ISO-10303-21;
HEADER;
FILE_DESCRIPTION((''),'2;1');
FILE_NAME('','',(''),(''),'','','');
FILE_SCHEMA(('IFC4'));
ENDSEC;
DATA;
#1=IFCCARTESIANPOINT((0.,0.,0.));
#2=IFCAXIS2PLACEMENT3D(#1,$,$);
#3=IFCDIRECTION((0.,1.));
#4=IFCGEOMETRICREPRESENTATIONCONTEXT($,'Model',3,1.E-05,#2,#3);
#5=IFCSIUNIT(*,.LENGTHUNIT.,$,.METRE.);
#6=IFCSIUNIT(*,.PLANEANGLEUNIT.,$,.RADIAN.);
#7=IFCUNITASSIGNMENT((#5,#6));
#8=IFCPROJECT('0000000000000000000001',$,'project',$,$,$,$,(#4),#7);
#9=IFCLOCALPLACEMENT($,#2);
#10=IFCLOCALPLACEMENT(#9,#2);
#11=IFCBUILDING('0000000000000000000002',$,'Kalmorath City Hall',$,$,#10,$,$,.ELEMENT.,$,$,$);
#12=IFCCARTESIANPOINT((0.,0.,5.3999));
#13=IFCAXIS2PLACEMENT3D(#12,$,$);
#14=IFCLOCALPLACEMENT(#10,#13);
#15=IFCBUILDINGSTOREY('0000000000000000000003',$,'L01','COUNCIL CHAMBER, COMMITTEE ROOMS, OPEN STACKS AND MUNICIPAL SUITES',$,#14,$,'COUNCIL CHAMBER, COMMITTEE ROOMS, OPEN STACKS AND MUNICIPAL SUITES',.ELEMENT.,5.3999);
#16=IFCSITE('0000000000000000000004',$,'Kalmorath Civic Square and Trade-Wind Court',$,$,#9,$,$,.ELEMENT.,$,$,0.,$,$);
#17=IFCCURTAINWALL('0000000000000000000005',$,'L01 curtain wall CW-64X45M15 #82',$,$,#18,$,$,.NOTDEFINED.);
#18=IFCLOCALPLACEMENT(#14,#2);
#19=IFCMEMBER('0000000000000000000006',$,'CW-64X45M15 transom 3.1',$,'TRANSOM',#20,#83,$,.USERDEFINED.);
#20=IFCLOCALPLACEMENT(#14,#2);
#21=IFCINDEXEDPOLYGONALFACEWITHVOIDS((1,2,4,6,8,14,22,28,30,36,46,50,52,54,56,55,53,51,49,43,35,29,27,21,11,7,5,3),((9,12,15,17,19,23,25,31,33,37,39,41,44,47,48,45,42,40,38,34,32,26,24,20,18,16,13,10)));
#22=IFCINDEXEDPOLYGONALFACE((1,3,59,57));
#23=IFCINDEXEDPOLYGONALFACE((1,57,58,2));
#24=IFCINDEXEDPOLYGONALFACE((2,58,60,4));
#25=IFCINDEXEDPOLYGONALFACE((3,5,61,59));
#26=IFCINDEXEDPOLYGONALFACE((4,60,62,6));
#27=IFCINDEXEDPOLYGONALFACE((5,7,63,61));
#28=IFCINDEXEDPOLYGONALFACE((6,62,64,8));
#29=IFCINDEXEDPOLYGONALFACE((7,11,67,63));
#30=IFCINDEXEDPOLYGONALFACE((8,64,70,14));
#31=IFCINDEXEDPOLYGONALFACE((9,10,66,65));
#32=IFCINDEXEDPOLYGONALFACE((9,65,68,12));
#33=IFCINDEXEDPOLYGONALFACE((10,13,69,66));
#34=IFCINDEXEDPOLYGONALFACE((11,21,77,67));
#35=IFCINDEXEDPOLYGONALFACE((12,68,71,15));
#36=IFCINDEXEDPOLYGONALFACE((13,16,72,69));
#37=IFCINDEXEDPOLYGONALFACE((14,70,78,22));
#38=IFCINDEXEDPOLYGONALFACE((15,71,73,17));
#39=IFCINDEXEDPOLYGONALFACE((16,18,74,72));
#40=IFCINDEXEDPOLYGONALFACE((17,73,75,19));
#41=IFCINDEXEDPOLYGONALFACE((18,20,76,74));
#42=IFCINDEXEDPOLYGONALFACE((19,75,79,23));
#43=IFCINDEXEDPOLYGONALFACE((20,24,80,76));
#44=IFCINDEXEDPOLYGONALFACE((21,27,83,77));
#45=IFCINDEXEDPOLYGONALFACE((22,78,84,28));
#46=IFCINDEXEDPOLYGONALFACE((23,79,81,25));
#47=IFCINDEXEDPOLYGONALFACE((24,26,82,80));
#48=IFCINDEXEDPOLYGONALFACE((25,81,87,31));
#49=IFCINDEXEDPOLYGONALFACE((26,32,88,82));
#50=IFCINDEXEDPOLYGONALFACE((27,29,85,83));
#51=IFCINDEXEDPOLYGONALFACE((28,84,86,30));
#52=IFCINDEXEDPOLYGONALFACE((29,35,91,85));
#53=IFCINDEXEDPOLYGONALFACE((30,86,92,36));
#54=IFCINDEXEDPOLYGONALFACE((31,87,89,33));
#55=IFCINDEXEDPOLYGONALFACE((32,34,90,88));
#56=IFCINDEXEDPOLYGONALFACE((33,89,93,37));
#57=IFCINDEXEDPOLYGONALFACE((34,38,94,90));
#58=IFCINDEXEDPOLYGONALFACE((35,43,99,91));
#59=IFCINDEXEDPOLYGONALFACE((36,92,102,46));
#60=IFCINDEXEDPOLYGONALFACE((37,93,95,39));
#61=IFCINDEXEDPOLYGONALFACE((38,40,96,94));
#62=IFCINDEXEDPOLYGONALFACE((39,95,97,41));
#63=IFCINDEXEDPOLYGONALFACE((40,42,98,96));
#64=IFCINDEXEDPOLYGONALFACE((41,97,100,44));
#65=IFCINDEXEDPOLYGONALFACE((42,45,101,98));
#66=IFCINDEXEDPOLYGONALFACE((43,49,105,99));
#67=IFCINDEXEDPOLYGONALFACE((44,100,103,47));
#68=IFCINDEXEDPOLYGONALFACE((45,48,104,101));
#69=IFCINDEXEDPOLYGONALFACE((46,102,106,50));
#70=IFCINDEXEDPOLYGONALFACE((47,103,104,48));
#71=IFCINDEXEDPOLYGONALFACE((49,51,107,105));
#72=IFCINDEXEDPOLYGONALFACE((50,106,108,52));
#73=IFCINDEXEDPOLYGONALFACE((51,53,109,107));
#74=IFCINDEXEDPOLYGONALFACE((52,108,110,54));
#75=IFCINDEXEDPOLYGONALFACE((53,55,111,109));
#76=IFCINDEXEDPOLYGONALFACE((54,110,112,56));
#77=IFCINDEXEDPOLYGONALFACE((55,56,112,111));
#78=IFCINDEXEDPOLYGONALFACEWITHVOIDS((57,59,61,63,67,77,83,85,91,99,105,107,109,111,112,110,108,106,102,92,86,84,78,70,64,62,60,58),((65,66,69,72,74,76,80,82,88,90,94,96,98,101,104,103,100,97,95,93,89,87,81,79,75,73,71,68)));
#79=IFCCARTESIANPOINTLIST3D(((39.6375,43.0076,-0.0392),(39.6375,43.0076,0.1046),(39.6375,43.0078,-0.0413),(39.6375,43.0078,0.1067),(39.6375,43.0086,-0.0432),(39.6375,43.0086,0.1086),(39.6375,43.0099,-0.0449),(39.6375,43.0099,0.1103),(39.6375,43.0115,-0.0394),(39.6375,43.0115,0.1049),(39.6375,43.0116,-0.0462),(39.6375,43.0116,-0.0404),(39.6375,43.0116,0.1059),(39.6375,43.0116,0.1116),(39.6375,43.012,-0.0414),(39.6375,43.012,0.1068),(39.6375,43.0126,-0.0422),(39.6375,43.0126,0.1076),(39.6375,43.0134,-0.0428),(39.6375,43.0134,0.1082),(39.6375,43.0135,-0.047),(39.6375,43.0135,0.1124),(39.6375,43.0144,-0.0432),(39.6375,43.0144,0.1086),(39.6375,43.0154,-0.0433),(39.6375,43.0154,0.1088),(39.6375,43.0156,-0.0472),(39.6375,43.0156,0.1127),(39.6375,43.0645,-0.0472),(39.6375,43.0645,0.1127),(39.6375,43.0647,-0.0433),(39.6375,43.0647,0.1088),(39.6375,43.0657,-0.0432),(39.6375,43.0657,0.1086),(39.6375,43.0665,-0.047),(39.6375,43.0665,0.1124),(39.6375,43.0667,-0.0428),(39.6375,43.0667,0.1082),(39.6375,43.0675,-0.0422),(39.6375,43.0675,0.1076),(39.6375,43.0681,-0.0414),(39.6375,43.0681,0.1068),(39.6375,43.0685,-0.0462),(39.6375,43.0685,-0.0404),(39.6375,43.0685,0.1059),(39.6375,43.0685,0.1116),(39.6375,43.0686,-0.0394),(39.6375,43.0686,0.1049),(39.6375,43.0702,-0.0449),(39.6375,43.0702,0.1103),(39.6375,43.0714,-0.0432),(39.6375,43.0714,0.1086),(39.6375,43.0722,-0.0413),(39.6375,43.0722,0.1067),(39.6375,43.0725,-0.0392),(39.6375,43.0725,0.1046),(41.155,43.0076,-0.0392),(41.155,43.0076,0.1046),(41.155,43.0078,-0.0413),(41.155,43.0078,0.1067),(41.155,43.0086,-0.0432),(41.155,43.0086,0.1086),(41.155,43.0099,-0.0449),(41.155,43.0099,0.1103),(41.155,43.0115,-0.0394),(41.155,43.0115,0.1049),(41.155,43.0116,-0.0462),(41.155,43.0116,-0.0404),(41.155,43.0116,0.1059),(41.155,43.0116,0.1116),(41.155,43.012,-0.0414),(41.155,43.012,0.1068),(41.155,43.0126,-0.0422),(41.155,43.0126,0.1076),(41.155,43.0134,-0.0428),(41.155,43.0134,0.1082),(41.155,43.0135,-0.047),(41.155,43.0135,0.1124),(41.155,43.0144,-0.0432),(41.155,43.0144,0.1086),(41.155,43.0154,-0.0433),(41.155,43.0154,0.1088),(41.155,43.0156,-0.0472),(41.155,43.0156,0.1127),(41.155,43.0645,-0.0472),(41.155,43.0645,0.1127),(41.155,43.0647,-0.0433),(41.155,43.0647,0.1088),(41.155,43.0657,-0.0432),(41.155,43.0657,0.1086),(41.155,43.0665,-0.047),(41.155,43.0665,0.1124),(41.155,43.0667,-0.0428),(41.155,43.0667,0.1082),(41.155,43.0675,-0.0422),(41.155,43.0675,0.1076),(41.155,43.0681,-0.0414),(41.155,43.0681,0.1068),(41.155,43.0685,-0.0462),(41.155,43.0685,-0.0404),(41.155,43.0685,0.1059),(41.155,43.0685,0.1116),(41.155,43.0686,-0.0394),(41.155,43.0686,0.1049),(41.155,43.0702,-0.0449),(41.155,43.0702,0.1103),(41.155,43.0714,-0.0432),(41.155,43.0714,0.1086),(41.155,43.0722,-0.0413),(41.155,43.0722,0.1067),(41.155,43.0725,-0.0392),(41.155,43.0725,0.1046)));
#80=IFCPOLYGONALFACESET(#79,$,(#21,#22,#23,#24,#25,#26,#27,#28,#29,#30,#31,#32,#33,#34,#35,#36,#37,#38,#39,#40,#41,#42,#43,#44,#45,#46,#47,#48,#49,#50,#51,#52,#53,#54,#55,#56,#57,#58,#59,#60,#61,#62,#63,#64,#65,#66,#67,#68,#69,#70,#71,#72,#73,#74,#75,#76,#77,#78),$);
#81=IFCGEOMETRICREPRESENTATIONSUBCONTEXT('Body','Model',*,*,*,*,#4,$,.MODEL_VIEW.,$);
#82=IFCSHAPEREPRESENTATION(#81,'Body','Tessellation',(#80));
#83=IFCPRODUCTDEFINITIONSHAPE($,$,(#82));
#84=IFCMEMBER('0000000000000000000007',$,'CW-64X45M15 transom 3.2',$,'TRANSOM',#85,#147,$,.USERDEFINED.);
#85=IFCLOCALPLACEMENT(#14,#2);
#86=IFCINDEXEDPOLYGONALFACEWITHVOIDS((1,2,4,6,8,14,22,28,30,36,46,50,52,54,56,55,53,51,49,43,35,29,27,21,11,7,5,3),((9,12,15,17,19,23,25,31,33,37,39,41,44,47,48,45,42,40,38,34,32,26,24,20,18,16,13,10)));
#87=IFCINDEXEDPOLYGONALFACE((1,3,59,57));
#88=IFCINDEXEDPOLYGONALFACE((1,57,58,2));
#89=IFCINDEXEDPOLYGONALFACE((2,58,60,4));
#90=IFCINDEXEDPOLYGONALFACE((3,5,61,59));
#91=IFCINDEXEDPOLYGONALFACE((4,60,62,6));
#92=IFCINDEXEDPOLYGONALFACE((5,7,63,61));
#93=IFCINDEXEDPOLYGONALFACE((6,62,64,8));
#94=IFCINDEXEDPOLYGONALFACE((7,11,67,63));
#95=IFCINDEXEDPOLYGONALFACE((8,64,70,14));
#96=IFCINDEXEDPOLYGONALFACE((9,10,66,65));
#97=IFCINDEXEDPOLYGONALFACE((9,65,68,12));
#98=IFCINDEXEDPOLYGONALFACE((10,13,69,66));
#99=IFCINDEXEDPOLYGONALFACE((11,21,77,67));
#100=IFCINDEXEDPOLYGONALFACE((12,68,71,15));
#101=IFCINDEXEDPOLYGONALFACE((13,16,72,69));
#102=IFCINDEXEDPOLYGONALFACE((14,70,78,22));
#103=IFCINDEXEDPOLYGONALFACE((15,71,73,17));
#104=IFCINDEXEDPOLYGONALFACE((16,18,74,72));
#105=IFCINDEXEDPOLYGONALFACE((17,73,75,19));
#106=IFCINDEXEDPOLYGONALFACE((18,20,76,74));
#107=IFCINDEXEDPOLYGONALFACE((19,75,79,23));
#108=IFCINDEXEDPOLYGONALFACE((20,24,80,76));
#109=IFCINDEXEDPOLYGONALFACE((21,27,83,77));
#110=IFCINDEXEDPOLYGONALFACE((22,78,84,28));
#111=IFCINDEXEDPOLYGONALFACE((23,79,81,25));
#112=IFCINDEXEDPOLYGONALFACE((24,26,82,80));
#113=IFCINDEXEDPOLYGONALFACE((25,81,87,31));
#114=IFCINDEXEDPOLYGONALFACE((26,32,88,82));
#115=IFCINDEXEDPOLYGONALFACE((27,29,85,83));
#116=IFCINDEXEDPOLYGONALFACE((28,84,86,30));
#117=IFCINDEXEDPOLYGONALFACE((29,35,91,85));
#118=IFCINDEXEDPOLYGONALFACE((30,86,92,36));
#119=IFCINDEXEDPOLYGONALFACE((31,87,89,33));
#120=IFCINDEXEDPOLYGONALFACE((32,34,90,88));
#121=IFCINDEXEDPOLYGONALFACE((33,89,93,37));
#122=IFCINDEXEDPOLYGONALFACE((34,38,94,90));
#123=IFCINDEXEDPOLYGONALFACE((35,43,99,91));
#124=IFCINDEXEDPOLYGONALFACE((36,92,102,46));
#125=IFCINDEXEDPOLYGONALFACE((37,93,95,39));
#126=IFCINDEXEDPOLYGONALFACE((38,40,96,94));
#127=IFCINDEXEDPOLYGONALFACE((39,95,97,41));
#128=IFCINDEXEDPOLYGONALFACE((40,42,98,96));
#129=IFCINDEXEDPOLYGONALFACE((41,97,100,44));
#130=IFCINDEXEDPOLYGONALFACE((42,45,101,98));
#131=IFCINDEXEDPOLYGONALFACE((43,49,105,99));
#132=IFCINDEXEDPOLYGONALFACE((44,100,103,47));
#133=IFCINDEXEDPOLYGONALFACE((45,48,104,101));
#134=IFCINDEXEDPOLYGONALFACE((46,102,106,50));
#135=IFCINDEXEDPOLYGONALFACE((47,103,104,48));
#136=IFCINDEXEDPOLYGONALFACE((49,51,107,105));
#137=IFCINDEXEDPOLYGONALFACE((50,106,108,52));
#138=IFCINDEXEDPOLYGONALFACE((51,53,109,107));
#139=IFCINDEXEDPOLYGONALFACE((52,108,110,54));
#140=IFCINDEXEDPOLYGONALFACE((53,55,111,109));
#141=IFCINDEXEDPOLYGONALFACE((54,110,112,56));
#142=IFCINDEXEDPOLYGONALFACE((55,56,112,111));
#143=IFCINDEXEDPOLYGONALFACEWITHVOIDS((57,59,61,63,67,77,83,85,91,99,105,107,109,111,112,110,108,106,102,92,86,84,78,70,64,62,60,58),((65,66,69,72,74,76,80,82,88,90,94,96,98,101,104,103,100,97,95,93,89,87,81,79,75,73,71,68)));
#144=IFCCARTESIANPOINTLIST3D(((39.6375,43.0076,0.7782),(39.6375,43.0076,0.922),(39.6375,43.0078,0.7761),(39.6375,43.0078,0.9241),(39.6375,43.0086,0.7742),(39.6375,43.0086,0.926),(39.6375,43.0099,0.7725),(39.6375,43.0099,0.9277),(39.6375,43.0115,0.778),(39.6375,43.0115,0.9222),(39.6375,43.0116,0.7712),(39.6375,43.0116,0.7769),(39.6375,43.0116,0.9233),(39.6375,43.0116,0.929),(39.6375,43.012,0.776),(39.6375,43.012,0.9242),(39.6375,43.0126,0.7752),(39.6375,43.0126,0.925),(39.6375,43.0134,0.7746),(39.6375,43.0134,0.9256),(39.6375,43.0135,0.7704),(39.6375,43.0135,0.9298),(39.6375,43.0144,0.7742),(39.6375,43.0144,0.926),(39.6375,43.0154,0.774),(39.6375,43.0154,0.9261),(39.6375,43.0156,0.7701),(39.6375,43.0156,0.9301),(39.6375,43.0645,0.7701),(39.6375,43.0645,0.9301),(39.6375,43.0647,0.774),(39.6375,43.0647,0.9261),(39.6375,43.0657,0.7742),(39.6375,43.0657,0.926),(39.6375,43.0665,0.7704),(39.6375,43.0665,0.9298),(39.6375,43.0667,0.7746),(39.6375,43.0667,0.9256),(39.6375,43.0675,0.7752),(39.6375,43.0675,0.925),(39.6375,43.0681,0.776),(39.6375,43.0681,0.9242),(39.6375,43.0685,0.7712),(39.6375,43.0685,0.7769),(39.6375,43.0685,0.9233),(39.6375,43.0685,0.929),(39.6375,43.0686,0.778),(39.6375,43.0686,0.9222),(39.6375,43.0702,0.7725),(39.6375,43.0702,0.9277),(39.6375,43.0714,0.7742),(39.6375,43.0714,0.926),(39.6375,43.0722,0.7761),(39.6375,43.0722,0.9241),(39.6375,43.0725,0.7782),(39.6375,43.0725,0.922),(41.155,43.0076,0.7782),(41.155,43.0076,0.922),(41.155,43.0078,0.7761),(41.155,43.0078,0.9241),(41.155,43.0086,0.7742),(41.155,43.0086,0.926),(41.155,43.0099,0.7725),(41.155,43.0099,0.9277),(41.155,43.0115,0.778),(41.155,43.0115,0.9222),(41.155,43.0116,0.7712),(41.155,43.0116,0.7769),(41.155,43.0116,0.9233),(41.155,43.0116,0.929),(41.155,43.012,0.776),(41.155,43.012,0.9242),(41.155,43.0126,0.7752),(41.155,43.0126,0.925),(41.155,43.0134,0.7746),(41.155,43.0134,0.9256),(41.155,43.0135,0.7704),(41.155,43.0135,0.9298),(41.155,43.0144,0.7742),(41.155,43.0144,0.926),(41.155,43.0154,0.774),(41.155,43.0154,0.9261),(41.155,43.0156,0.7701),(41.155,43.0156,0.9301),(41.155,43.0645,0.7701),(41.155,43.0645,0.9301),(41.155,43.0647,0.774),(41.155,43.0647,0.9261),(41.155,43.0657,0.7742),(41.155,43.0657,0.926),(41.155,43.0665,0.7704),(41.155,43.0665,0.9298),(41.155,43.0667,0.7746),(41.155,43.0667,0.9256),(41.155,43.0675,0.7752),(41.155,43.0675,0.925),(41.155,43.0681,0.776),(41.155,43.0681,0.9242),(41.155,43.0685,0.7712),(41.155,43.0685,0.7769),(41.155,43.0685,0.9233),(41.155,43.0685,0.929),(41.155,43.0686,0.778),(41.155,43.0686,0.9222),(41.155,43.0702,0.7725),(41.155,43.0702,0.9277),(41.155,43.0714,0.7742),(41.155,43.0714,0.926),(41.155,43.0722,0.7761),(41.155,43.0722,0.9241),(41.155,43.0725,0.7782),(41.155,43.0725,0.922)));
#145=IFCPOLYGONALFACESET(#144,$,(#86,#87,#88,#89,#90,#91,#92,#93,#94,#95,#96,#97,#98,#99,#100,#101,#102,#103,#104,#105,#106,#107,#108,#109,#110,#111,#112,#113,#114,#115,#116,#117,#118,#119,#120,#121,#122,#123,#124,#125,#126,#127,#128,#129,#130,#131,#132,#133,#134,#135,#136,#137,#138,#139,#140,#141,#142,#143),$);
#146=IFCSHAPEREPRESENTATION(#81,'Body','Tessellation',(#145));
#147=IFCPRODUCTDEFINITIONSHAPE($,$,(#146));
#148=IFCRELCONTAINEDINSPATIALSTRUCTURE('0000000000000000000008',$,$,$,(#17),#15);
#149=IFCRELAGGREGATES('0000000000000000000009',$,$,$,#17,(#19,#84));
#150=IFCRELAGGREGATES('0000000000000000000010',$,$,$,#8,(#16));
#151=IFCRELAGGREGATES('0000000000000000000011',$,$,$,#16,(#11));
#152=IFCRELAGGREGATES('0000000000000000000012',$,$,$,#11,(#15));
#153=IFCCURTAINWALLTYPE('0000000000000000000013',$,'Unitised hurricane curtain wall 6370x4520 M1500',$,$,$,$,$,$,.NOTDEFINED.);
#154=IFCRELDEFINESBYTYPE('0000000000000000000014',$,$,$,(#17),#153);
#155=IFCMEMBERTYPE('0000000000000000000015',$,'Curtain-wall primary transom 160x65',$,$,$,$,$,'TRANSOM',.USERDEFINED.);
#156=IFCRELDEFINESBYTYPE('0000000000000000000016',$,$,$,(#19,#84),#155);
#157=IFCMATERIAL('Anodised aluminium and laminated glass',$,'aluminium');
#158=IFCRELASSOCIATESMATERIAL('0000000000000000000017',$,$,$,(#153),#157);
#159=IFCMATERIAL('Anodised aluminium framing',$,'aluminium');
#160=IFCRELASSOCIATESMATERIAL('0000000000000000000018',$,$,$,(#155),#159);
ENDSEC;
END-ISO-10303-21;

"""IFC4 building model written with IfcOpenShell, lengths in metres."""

from ifc_helpers import new_model, si_unit, direction, frame, origin, origin_2d, place, context, subcontext, project, spatial, hollow_rectangle, extrude, material, material_profile, profile_set, type_object, element, aggregate, save


model = new_model("IFC4")

# Units and contexts
model_context = context("Model", 3, precision=1e-05, world=origin(), true_north=direction((0.0, 1.0)))
body_context = subcontext(model_context, "Body", "Model", "MODEL_VIEW")
ifc_project = project(units=[si_unit("LENGTHUNIT", "METRE"), si_unit("PLANEANGLEUNIT", "RADIAN")], contexts=[model_context])

# Site, building, storey
site_placement = place(None, origin())
site = spatial("IfcSite", under=ifc_project, at=site_placement, Name="Kalmorath Civic Square and Trade-Wind Court", CompositionType="ELEMENT", RefElevation=0.0)
building_placement = place(site_placement, origin())
building = spatial("IfcBuilding", under=site, at=building_placement, Name="Kalmorath City Hall", CompositionType="ELEMENT")
storey_placement = place(building_placement, frame((0.0, 0.0, 5.3999)))
storey = spatial("IfcBuildingStorey", under=building, at=storey_placement, Name="L01", Description="COUNCIL CHAMBER, COMMITTEE ROOMS, OPEN STACKS AND MUNICIPAL SUITES", LongName="COUNCIL CHAMBER, COMMITTEE ROOMS, OPEN STACKS AND MUNICIPAL SUITES", CompositionType="ELEMENT", Elevation=5.3999)

# Curtain wall, members
ifc_material_1 = material(Name="Anodised aluminium and laminated glass", Category="aluminium")
curtain_wall_type = type_object("IfcCurtainWallType", Name="Unitised hurricane curtain wall 6370x4520 M1500", PredefinedType="NOTDEFINED", material=ifc_material_1)
curtain_wall_placement = place(storey_placement, origin())
curtain_wall = element("IfcCurtainWall", 1, at=curtain_wall_placement, inside=storey, type_object=curtain_wall_type, Name="L01 curtain wall CW-64X45M15 #82", PredefinedType="NOTDEFINED")
ifc_material_2 = material(Name="Anodised aluminium framing", Category="aluminium")
ifc_material_profile_1 = material_profile(ifc_material_2, hollow_rectangle(XDim=0.0649, YDim=0.1599, WallThickness=0.0039, InnerFilletRadius=0.0039, OuterFilletRadius=0.0081, at=origin_2d()), Name="ALU-TRN-160X65X4")
ifc_profile_set_1 = profile_set([ifc_material_profile_1], Name="Anodised aluminium framing")
member_type_1 = type_object("IfcMemberType", Name="Curtain-wall primary transom 160x65", ElementType="TRANSOM", PredefinedType="USERDEFINED", material=ifc_profile_set_1)
member_1_placement = place(storey_placement, frame((39.6375, 43.04, 0.0327), z_axis=(1.0, 0.0, 0.0), x_axis=(0.0, 1.0, 0.0)))
member_1 = element("IfcMember", 2, at=member_1_placement, type_object=member_type_1, Name="CW-64X45M15 transom 3.1", ObjectType="TRANSOM", PredefinedType="USERDEFINED", context=body_context, shape_type="SweptSolid", body=[
    extrude(hollow_rectangle(XDim=0.0649, YDim=0.1599, WallThickness=0.0039, InnerFilletRadius=0.0039, OuterFilletRadius=0.0081, at=origin_2d()), origin(), (0.0, 0.0, 1.0), 1.5176),
])
member_2_placement = place(storey_placement, frame((39.6375, 43.04, 0.8501), z_axis=(1.0, 0.0, 0.0), x_axis=(0.0, 1.0, 0.0)))
member_2 = element("IfcMember", 3, at=member_2_placement, type_object=member_type_1, Name="CW-64X45M15 transom 3.2", ObjectType="TRANSOM", PredefinedType="USERDEFINED", context=body_context, shape_type="SweptSolid", body=[
    extrude(hollow_rectangle(XDim=0.0649, YDim=0.1599, WallThickness=0.0039, InnerFilletRadius=0.0039, OuterFilletRadius=0.0081, at=origin_2d()), origin(), (0.0, 0.0, 1.0), 1.5176),
])
aggregate(curtain_wall, [member_1, member_2])

save(model, "model.ifc")
